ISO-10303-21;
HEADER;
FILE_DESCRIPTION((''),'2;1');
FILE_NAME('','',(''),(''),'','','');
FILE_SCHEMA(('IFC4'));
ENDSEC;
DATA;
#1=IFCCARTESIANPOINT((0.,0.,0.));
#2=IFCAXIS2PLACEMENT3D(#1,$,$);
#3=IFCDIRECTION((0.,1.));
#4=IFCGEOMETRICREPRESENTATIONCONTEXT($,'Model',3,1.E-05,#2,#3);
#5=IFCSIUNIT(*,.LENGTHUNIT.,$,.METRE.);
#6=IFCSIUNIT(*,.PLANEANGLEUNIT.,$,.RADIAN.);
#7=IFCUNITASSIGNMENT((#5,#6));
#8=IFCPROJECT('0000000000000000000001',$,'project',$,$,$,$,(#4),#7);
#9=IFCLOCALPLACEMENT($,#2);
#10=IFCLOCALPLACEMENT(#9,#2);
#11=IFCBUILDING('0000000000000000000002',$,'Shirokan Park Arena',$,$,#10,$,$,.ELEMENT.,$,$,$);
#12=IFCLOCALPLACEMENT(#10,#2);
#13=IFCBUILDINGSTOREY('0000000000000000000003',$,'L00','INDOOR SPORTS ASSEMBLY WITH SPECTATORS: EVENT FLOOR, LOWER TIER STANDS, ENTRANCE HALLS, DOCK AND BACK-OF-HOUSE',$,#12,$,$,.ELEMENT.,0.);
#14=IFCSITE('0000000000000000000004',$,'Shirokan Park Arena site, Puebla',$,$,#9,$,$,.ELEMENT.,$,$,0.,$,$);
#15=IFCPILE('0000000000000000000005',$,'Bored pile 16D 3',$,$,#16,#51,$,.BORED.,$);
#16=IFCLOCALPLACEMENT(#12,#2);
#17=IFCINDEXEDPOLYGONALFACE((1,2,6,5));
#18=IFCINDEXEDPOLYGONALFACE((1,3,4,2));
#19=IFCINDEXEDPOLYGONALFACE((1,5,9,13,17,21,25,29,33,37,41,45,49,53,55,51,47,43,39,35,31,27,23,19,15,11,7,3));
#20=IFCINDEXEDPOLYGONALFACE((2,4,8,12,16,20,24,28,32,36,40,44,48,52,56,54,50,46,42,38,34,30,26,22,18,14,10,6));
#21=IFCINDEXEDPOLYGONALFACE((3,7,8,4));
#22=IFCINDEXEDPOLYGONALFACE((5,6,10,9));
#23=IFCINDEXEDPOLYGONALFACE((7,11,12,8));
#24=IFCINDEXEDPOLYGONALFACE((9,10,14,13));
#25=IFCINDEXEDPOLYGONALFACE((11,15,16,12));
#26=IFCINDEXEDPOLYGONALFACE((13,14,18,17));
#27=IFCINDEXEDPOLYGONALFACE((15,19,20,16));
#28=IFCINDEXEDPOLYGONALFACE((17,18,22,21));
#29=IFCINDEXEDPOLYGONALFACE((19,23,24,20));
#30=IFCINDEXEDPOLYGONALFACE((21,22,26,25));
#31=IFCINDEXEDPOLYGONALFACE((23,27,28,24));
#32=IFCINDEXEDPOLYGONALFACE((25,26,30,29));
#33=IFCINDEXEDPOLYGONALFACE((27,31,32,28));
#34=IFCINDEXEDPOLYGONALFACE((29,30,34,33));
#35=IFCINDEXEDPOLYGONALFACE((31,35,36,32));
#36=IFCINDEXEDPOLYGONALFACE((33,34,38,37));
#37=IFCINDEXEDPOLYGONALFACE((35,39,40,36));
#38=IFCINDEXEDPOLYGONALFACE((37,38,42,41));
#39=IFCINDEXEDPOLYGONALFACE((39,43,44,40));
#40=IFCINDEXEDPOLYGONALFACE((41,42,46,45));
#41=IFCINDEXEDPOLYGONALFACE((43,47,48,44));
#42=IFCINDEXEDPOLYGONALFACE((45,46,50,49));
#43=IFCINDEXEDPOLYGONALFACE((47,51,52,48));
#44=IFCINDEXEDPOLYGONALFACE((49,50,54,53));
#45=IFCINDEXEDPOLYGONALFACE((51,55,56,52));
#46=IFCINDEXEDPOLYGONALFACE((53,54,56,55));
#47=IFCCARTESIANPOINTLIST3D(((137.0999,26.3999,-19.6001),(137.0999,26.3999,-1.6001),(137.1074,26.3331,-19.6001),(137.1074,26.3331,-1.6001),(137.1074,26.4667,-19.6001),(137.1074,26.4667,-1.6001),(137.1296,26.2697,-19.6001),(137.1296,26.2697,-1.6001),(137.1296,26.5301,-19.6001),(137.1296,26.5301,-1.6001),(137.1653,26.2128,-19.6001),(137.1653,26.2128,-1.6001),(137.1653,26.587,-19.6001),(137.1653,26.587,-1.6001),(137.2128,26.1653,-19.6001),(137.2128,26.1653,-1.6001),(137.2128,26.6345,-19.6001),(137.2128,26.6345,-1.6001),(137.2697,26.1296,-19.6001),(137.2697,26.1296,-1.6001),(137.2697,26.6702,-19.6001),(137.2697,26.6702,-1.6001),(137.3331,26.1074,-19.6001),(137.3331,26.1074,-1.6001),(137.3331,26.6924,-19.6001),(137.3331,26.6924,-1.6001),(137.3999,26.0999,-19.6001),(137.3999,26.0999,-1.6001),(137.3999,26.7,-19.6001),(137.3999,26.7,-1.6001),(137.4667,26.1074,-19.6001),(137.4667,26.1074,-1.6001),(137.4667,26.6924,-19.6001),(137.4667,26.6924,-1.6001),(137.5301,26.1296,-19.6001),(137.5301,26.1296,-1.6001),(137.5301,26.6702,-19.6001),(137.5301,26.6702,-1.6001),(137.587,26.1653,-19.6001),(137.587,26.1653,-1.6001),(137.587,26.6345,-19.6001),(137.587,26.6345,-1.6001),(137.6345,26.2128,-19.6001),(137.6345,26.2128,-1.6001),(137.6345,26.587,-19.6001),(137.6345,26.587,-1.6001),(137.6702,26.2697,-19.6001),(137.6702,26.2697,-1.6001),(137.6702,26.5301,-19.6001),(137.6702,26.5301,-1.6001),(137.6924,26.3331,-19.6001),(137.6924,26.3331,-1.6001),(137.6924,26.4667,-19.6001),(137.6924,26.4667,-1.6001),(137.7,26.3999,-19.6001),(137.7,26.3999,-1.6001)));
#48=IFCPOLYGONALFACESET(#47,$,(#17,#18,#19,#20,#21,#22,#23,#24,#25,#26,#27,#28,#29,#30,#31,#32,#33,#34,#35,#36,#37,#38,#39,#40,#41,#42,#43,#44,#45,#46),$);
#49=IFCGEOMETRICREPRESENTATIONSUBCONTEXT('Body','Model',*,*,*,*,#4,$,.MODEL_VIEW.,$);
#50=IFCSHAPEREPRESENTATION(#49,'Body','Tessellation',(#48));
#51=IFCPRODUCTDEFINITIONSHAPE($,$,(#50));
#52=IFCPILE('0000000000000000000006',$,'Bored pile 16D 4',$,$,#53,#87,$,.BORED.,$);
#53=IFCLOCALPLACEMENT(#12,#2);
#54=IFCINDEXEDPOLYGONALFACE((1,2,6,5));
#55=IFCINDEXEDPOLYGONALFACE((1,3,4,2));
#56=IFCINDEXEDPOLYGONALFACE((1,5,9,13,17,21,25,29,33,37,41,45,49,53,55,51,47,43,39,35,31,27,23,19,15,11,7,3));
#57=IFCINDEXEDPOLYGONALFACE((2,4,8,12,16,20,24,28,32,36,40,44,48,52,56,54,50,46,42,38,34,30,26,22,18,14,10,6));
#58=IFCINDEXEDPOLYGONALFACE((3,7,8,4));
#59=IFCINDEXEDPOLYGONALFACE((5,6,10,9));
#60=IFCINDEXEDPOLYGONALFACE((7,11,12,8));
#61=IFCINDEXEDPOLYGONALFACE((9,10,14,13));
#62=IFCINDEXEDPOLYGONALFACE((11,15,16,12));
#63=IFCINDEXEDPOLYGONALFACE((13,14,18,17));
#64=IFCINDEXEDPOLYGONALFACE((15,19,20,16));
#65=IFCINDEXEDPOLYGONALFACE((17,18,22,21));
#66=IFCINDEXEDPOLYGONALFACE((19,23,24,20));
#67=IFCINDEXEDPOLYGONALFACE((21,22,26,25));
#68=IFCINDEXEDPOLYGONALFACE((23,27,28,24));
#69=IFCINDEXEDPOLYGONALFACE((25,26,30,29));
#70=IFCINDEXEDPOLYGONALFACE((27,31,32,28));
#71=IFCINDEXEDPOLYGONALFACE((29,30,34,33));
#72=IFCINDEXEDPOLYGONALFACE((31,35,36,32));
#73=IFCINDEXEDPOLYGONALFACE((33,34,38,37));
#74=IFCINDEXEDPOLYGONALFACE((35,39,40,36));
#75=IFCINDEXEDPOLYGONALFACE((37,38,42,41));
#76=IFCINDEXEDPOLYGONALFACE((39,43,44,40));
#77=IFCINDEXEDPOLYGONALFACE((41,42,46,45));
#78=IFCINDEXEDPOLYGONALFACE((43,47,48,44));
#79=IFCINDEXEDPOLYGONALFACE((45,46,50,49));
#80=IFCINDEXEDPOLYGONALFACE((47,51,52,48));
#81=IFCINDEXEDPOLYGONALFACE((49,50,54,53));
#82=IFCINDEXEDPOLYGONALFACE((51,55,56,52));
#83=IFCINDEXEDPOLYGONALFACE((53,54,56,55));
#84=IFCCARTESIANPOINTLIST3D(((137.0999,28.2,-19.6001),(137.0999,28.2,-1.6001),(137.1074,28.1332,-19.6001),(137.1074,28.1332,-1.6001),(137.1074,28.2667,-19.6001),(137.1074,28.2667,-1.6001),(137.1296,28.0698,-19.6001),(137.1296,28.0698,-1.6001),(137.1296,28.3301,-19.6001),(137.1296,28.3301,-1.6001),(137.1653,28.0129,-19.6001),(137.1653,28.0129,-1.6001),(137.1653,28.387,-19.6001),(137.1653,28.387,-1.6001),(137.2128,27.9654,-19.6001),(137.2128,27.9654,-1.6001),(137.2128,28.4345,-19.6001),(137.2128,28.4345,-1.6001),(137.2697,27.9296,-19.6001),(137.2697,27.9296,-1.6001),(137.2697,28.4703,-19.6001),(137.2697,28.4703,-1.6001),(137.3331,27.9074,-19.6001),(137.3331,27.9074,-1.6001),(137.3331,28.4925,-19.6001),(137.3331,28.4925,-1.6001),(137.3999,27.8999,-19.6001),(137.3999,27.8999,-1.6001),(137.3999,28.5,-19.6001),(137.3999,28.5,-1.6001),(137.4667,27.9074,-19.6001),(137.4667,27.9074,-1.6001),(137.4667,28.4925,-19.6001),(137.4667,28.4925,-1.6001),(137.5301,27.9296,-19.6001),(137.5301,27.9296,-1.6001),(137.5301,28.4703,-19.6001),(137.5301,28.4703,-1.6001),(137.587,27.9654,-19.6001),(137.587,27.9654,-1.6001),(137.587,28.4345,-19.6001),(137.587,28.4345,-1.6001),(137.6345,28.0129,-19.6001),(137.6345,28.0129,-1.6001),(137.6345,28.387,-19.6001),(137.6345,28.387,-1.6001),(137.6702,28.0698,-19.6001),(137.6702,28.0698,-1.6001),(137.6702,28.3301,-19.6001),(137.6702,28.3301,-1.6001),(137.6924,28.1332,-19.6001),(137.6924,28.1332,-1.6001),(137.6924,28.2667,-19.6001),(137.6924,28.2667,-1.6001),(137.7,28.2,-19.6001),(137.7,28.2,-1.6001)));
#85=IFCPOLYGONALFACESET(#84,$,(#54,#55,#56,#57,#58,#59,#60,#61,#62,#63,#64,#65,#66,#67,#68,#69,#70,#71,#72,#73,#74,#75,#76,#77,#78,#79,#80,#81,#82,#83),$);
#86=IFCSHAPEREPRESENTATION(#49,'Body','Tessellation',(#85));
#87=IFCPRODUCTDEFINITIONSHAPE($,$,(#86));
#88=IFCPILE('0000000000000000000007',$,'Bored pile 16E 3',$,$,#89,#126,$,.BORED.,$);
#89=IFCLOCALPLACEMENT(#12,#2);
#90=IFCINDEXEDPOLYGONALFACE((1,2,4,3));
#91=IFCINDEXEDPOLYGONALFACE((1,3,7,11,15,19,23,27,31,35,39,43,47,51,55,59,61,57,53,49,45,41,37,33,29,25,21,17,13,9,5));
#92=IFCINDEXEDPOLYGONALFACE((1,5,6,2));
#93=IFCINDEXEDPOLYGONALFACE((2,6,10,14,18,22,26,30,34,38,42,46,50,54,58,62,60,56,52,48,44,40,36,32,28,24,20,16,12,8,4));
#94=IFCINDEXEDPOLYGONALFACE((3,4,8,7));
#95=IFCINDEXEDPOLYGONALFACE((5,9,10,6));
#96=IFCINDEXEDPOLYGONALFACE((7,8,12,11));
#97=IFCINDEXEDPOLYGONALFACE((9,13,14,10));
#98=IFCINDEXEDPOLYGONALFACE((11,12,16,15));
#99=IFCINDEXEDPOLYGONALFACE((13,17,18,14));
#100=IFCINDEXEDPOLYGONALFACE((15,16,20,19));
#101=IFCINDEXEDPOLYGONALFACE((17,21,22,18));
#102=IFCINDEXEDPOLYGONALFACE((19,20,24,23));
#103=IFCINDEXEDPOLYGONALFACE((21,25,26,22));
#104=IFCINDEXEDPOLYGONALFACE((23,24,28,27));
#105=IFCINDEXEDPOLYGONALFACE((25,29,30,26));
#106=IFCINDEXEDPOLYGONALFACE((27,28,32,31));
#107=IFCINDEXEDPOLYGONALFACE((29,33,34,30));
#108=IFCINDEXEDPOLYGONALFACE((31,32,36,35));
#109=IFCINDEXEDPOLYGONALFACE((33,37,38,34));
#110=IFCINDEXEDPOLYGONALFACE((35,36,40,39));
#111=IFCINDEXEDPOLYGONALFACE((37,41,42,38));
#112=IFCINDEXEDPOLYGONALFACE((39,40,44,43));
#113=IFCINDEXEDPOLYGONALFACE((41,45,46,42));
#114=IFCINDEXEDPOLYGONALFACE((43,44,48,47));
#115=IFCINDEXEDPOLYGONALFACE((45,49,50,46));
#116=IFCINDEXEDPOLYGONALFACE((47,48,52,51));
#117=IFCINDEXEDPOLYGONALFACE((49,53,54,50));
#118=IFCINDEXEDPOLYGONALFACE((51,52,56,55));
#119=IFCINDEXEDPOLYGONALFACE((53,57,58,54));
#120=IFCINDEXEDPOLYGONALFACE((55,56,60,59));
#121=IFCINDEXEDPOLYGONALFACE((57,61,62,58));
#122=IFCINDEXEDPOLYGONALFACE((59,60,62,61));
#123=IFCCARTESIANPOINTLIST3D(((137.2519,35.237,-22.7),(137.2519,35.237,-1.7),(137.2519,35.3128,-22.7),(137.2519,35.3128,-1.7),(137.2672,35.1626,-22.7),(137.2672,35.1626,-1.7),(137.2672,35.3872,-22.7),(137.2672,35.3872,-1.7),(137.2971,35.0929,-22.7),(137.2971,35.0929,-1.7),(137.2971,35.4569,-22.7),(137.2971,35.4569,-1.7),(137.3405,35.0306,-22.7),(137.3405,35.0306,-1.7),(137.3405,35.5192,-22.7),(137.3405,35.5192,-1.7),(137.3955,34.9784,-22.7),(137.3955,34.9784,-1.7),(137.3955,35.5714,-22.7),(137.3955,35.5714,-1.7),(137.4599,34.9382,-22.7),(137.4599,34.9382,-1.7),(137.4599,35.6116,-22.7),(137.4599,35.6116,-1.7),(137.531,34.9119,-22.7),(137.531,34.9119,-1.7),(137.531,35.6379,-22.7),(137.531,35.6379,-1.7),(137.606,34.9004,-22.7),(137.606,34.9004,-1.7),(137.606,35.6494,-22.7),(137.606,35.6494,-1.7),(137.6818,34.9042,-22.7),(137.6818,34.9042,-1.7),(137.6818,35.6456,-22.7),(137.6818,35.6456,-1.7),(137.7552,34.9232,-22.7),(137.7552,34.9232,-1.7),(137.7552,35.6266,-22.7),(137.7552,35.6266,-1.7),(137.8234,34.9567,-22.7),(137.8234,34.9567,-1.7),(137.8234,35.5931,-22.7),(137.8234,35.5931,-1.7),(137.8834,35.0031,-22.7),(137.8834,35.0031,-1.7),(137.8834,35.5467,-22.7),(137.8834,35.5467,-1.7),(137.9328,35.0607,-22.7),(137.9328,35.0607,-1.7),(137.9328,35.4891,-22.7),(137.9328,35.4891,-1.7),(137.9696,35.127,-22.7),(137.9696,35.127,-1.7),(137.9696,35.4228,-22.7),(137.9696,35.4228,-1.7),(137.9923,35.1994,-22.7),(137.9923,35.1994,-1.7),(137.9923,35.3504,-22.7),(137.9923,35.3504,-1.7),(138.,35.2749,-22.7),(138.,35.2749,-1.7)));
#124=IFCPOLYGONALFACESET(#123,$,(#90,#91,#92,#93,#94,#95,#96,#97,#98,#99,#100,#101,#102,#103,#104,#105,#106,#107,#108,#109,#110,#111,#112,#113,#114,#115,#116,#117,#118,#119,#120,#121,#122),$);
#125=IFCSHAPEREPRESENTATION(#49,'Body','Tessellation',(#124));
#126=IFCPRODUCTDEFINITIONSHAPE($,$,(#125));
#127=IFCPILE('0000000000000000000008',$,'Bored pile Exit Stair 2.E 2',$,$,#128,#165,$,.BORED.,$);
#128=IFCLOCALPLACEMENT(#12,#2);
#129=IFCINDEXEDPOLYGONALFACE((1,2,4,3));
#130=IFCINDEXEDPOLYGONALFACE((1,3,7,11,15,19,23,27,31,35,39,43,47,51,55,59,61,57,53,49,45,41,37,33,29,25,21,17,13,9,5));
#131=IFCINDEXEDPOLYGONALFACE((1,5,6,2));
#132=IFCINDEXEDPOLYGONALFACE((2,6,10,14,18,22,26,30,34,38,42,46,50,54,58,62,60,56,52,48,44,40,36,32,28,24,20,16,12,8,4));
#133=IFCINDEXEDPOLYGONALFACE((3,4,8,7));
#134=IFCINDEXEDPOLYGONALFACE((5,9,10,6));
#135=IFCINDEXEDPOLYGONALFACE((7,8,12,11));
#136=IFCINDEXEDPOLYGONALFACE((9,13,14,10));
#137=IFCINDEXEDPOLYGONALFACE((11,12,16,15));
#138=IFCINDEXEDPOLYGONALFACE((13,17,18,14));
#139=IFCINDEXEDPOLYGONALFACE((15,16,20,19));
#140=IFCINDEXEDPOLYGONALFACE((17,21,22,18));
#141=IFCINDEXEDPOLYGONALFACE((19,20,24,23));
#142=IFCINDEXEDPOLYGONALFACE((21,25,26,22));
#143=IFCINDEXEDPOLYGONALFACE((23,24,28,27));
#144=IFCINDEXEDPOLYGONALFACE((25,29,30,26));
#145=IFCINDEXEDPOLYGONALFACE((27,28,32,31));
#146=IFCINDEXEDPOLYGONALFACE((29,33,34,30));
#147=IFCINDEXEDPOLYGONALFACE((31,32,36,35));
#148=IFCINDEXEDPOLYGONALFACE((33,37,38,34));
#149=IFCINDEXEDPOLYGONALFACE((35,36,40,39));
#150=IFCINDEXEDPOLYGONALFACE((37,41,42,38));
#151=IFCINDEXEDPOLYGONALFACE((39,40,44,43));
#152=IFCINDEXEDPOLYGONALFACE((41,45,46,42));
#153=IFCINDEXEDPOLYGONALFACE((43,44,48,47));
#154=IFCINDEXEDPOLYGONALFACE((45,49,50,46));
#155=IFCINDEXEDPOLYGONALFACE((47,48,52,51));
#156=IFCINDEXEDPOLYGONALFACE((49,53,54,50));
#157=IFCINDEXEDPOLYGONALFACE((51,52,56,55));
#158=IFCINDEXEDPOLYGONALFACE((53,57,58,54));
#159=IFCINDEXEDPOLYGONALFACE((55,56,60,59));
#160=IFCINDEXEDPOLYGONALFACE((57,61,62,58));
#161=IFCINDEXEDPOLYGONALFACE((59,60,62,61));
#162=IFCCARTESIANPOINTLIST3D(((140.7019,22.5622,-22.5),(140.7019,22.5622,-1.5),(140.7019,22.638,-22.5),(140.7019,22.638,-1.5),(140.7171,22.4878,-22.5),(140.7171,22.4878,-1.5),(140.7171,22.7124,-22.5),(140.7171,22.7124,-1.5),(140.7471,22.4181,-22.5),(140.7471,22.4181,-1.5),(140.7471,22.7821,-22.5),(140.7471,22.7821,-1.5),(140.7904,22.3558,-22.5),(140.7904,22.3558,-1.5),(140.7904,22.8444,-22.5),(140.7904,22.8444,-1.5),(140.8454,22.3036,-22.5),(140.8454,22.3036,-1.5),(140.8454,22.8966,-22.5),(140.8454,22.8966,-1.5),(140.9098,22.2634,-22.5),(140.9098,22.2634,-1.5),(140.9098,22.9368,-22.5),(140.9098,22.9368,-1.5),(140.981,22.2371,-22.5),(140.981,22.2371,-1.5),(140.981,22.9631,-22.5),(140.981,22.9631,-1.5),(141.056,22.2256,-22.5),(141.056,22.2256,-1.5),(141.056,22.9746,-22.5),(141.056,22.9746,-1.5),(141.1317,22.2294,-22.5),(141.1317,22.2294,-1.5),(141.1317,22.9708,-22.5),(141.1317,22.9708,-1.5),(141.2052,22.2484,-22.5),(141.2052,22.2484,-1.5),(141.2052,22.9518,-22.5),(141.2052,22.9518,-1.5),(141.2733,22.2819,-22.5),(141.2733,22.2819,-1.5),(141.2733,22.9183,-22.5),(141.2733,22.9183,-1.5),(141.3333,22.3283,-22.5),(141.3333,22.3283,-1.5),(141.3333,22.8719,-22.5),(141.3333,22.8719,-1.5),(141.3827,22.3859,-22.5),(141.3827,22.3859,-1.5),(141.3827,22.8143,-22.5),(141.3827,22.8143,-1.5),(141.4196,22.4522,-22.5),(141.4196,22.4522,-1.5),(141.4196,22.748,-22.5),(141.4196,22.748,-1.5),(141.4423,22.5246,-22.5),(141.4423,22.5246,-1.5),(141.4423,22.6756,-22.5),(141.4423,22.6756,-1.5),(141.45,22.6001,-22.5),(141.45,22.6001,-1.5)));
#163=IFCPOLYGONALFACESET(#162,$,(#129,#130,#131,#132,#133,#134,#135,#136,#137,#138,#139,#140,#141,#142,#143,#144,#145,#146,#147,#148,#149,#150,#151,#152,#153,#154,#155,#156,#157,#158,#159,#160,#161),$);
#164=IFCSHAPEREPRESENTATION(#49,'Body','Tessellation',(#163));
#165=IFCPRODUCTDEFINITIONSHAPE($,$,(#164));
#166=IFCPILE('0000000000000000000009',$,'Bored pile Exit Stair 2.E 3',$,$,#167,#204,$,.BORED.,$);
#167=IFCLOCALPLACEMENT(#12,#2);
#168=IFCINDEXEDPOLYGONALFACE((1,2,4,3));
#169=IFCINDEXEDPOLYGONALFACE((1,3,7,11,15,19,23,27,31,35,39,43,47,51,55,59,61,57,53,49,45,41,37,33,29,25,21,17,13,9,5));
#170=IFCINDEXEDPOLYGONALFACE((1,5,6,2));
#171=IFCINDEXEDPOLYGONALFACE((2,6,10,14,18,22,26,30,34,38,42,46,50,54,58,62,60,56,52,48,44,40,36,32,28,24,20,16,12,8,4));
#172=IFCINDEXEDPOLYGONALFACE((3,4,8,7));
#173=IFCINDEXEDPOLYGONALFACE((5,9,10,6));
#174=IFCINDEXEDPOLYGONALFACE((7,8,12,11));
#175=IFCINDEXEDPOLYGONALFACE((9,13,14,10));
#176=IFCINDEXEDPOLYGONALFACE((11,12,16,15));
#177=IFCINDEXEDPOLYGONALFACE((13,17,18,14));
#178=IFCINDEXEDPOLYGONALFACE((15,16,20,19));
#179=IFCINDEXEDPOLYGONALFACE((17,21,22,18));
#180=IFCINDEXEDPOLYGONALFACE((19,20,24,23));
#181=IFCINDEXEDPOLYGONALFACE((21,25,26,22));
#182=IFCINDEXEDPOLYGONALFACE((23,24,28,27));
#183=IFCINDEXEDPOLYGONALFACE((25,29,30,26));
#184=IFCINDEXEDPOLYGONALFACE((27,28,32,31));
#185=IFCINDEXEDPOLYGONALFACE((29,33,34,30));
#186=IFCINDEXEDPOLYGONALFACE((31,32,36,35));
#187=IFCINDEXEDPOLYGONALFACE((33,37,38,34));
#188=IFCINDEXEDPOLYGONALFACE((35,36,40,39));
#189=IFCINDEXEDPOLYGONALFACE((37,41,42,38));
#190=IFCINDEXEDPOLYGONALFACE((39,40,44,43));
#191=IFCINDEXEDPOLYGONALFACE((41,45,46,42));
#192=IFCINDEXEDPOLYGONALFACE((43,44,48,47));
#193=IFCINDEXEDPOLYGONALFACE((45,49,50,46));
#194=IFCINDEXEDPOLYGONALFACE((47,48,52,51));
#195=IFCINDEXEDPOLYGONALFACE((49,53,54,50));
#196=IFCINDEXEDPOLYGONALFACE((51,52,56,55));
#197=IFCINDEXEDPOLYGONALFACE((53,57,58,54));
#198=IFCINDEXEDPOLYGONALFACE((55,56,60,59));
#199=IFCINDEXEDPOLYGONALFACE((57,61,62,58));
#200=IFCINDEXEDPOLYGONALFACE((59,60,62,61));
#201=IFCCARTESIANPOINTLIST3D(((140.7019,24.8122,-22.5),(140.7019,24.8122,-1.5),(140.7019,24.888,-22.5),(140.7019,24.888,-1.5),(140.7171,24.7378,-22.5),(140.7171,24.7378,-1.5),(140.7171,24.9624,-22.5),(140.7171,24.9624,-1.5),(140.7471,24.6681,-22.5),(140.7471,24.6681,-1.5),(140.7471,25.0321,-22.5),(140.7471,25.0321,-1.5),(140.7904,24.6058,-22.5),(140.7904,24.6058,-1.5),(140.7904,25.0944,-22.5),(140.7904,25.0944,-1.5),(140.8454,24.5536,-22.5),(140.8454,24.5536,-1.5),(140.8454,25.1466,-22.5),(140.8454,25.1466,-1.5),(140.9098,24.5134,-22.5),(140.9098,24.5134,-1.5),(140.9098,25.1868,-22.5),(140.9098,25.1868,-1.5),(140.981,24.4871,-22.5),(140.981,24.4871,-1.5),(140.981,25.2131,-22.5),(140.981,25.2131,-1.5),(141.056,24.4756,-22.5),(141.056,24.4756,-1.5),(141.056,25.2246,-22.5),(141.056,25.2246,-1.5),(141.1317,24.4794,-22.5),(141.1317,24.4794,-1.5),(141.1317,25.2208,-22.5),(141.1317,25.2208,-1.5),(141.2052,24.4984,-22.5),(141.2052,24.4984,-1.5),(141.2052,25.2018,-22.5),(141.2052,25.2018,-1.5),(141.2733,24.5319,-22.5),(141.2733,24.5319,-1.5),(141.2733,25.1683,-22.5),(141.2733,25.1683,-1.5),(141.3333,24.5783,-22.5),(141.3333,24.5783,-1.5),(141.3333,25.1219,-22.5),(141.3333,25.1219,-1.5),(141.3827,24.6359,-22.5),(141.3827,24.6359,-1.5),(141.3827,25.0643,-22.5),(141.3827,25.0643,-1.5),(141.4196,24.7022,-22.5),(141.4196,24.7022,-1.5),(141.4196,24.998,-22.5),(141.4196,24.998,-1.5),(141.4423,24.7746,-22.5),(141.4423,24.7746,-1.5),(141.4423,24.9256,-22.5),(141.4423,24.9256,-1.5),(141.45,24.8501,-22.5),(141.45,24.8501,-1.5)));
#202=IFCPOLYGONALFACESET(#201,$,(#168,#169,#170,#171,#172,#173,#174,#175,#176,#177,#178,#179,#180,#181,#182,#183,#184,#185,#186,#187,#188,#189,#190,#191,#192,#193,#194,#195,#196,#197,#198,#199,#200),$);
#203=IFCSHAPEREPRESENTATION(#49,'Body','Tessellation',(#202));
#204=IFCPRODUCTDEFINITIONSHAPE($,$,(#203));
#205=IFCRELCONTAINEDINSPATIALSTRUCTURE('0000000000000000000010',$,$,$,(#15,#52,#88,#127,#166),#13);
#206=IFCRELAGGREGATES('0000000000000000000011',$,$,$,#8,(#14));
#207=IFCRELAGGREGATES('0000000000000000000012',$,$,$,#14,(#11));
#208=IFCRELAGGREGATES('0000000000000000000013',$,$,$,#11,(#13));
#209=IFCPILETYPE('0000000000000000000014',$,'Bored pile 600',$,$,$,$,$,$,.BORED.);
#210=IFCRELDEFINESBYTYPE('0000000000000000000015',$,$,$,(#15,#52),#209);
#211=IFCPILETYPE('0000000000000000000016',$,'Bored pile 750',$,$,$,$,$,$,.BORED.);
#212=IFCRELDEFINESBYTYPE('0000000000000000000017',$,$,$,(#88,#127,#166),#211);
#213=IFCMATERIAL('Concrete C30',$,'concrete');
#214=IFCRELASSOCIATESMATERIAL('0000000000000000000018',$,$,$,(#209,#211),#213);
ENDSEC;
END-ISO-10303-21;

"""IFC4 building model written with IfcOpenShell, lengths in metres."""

from ifc_helpers import new_model, si_unit, direction, frame, origin, origin_2d, place, context, subcontext, project, spatial, circle, extrude, material, material_profile, profile_set, type_object, element, save


model = new_model("IFC4")

# Units and contexts
model_context = context("Model", 3, precision=1e-05, world=origin(), true_north=direction((0.0, 1.0)))
body_context = subcontext(model_context, "Body", "Model", "MODEL_VIEW")
ifc_project = project(units=[si_unit("LENGTHUNIT", "METRE"), si_unit("PLANEANGLEUNIT", "RADIAN")], contexts=[model_context])

# Site, building, storey
site_placement = place(None, origin())
site = spatial("IfcSite", under=ifc_project, at=site_placement, Name="Shirokan Park Arena site, Puebla", CompositionType="ELEMENT", RefElevation=0.0)
building_placement = place(site_placement, origin())
building = spatial("IfcBuilding", under=site, at=building_placement, Name="Shirokan Park Arena", CompositionType="ELEMENT")
storey_placement = place(building_placement, origin())
storey = spatial("IfcBuildingStorey", under=building, at=storey_placement, Name="L00", Description="INDOOR SPORTS ASSEMBLY WITH SPECTATORS: EVENT FLOOR, LOWER TIER STANDS, ENTRANCE HALLS, DOCK AND BACK-OF-HOUSE", CompositionType="ELEMENT", Elevation=0.0)

# Piles
ifc_material_1 = material(Name="Concrete C30", Category="concrete")
ifc_material_profile_1 = material_profile(ifc_material_1, circle(Radius=0.3, at=origin_2d()), Name="D600")
ifc_profile_set_1 = profile_set([ifc_material_profile_1], Name="Concrete C30")
pile_type_1 = type_object("IfcPileType", Name="Bored pile 600", PredefinedType="BORED", material=ifc_profile_set_1)
for number, where, z_axis, x_axis, name in (
    (1, (137.3999, 26.3999, -1.6001), (0.0, 0.0, -1.0), (1.0, 0.0, 0.0), "Bored pile 16D 3"),
    (2, (137.3999, 28.2, -1.6001), (0.0, 0.0, -1.0), (1.0, 0.0, 0.0), "Bored pile 16D 4"),
):
    element("IfcPile", number, at=place(storey_placement, frame(where, z_axis=z_axis, x_axis=x_axis)), inside=storey, type_object=pile_type_1, Name=name, PredefinedType="BORED", context=body_context, shape_type="SweptSolid", body=[
        extrude(circle(Radius=0.3, at=origin_2d()), origin(), (0.0, 0.0, 1.0), 18.0),
    ])
ifc_material_profile_2 = material_profile(ifc_material_1, circle(Radius=0.375, at=origin_2d()), Name="D750")
ifc_profile_set_2 = profile_set([ifc_material_profile_2], Name="Concrete C30")
pile_type_2 = type_object("IfcPileType", Name="Bored pile 750", PredefinedType="BORED", material=ifc_profile_set_2)
for number, where, z_axis, x_axis, name in (
    (3, (137.625, 35.2749, -1.7), (0.0, 0.0, -1.0), (1.0, 0.0, 0.0), "Bored pile 16E 3"),
    (4, (141.075, 22.6001, -1.5), (0.0, 0.0, -1.0), (1.0, 0.0, 0.0), "Bored pile Exit Stair 2.E 2"),
    (5, (141.075, 24.8501, -1.5), (0.0, 0.0, -1.0), (1.0, 0.0, 0.0), "Bored pile Exit Stair 2.E 3"),
):
    element("IfcPile", number, at=place(storey_placement, frame(where, z_axis=z_axis, x_axis=x_axis)), inside=storey, type_object=pile_type_2, Name=name, PredefinedType="BORED", context=body_context, shape_type="SweptSolid", body=[
        extrude(circle(Radius=0.375, at=origin_2d()), origin(), (0.0, 0.0, 1.0), 21.0),
    ])

save(model, "model.ifc")
